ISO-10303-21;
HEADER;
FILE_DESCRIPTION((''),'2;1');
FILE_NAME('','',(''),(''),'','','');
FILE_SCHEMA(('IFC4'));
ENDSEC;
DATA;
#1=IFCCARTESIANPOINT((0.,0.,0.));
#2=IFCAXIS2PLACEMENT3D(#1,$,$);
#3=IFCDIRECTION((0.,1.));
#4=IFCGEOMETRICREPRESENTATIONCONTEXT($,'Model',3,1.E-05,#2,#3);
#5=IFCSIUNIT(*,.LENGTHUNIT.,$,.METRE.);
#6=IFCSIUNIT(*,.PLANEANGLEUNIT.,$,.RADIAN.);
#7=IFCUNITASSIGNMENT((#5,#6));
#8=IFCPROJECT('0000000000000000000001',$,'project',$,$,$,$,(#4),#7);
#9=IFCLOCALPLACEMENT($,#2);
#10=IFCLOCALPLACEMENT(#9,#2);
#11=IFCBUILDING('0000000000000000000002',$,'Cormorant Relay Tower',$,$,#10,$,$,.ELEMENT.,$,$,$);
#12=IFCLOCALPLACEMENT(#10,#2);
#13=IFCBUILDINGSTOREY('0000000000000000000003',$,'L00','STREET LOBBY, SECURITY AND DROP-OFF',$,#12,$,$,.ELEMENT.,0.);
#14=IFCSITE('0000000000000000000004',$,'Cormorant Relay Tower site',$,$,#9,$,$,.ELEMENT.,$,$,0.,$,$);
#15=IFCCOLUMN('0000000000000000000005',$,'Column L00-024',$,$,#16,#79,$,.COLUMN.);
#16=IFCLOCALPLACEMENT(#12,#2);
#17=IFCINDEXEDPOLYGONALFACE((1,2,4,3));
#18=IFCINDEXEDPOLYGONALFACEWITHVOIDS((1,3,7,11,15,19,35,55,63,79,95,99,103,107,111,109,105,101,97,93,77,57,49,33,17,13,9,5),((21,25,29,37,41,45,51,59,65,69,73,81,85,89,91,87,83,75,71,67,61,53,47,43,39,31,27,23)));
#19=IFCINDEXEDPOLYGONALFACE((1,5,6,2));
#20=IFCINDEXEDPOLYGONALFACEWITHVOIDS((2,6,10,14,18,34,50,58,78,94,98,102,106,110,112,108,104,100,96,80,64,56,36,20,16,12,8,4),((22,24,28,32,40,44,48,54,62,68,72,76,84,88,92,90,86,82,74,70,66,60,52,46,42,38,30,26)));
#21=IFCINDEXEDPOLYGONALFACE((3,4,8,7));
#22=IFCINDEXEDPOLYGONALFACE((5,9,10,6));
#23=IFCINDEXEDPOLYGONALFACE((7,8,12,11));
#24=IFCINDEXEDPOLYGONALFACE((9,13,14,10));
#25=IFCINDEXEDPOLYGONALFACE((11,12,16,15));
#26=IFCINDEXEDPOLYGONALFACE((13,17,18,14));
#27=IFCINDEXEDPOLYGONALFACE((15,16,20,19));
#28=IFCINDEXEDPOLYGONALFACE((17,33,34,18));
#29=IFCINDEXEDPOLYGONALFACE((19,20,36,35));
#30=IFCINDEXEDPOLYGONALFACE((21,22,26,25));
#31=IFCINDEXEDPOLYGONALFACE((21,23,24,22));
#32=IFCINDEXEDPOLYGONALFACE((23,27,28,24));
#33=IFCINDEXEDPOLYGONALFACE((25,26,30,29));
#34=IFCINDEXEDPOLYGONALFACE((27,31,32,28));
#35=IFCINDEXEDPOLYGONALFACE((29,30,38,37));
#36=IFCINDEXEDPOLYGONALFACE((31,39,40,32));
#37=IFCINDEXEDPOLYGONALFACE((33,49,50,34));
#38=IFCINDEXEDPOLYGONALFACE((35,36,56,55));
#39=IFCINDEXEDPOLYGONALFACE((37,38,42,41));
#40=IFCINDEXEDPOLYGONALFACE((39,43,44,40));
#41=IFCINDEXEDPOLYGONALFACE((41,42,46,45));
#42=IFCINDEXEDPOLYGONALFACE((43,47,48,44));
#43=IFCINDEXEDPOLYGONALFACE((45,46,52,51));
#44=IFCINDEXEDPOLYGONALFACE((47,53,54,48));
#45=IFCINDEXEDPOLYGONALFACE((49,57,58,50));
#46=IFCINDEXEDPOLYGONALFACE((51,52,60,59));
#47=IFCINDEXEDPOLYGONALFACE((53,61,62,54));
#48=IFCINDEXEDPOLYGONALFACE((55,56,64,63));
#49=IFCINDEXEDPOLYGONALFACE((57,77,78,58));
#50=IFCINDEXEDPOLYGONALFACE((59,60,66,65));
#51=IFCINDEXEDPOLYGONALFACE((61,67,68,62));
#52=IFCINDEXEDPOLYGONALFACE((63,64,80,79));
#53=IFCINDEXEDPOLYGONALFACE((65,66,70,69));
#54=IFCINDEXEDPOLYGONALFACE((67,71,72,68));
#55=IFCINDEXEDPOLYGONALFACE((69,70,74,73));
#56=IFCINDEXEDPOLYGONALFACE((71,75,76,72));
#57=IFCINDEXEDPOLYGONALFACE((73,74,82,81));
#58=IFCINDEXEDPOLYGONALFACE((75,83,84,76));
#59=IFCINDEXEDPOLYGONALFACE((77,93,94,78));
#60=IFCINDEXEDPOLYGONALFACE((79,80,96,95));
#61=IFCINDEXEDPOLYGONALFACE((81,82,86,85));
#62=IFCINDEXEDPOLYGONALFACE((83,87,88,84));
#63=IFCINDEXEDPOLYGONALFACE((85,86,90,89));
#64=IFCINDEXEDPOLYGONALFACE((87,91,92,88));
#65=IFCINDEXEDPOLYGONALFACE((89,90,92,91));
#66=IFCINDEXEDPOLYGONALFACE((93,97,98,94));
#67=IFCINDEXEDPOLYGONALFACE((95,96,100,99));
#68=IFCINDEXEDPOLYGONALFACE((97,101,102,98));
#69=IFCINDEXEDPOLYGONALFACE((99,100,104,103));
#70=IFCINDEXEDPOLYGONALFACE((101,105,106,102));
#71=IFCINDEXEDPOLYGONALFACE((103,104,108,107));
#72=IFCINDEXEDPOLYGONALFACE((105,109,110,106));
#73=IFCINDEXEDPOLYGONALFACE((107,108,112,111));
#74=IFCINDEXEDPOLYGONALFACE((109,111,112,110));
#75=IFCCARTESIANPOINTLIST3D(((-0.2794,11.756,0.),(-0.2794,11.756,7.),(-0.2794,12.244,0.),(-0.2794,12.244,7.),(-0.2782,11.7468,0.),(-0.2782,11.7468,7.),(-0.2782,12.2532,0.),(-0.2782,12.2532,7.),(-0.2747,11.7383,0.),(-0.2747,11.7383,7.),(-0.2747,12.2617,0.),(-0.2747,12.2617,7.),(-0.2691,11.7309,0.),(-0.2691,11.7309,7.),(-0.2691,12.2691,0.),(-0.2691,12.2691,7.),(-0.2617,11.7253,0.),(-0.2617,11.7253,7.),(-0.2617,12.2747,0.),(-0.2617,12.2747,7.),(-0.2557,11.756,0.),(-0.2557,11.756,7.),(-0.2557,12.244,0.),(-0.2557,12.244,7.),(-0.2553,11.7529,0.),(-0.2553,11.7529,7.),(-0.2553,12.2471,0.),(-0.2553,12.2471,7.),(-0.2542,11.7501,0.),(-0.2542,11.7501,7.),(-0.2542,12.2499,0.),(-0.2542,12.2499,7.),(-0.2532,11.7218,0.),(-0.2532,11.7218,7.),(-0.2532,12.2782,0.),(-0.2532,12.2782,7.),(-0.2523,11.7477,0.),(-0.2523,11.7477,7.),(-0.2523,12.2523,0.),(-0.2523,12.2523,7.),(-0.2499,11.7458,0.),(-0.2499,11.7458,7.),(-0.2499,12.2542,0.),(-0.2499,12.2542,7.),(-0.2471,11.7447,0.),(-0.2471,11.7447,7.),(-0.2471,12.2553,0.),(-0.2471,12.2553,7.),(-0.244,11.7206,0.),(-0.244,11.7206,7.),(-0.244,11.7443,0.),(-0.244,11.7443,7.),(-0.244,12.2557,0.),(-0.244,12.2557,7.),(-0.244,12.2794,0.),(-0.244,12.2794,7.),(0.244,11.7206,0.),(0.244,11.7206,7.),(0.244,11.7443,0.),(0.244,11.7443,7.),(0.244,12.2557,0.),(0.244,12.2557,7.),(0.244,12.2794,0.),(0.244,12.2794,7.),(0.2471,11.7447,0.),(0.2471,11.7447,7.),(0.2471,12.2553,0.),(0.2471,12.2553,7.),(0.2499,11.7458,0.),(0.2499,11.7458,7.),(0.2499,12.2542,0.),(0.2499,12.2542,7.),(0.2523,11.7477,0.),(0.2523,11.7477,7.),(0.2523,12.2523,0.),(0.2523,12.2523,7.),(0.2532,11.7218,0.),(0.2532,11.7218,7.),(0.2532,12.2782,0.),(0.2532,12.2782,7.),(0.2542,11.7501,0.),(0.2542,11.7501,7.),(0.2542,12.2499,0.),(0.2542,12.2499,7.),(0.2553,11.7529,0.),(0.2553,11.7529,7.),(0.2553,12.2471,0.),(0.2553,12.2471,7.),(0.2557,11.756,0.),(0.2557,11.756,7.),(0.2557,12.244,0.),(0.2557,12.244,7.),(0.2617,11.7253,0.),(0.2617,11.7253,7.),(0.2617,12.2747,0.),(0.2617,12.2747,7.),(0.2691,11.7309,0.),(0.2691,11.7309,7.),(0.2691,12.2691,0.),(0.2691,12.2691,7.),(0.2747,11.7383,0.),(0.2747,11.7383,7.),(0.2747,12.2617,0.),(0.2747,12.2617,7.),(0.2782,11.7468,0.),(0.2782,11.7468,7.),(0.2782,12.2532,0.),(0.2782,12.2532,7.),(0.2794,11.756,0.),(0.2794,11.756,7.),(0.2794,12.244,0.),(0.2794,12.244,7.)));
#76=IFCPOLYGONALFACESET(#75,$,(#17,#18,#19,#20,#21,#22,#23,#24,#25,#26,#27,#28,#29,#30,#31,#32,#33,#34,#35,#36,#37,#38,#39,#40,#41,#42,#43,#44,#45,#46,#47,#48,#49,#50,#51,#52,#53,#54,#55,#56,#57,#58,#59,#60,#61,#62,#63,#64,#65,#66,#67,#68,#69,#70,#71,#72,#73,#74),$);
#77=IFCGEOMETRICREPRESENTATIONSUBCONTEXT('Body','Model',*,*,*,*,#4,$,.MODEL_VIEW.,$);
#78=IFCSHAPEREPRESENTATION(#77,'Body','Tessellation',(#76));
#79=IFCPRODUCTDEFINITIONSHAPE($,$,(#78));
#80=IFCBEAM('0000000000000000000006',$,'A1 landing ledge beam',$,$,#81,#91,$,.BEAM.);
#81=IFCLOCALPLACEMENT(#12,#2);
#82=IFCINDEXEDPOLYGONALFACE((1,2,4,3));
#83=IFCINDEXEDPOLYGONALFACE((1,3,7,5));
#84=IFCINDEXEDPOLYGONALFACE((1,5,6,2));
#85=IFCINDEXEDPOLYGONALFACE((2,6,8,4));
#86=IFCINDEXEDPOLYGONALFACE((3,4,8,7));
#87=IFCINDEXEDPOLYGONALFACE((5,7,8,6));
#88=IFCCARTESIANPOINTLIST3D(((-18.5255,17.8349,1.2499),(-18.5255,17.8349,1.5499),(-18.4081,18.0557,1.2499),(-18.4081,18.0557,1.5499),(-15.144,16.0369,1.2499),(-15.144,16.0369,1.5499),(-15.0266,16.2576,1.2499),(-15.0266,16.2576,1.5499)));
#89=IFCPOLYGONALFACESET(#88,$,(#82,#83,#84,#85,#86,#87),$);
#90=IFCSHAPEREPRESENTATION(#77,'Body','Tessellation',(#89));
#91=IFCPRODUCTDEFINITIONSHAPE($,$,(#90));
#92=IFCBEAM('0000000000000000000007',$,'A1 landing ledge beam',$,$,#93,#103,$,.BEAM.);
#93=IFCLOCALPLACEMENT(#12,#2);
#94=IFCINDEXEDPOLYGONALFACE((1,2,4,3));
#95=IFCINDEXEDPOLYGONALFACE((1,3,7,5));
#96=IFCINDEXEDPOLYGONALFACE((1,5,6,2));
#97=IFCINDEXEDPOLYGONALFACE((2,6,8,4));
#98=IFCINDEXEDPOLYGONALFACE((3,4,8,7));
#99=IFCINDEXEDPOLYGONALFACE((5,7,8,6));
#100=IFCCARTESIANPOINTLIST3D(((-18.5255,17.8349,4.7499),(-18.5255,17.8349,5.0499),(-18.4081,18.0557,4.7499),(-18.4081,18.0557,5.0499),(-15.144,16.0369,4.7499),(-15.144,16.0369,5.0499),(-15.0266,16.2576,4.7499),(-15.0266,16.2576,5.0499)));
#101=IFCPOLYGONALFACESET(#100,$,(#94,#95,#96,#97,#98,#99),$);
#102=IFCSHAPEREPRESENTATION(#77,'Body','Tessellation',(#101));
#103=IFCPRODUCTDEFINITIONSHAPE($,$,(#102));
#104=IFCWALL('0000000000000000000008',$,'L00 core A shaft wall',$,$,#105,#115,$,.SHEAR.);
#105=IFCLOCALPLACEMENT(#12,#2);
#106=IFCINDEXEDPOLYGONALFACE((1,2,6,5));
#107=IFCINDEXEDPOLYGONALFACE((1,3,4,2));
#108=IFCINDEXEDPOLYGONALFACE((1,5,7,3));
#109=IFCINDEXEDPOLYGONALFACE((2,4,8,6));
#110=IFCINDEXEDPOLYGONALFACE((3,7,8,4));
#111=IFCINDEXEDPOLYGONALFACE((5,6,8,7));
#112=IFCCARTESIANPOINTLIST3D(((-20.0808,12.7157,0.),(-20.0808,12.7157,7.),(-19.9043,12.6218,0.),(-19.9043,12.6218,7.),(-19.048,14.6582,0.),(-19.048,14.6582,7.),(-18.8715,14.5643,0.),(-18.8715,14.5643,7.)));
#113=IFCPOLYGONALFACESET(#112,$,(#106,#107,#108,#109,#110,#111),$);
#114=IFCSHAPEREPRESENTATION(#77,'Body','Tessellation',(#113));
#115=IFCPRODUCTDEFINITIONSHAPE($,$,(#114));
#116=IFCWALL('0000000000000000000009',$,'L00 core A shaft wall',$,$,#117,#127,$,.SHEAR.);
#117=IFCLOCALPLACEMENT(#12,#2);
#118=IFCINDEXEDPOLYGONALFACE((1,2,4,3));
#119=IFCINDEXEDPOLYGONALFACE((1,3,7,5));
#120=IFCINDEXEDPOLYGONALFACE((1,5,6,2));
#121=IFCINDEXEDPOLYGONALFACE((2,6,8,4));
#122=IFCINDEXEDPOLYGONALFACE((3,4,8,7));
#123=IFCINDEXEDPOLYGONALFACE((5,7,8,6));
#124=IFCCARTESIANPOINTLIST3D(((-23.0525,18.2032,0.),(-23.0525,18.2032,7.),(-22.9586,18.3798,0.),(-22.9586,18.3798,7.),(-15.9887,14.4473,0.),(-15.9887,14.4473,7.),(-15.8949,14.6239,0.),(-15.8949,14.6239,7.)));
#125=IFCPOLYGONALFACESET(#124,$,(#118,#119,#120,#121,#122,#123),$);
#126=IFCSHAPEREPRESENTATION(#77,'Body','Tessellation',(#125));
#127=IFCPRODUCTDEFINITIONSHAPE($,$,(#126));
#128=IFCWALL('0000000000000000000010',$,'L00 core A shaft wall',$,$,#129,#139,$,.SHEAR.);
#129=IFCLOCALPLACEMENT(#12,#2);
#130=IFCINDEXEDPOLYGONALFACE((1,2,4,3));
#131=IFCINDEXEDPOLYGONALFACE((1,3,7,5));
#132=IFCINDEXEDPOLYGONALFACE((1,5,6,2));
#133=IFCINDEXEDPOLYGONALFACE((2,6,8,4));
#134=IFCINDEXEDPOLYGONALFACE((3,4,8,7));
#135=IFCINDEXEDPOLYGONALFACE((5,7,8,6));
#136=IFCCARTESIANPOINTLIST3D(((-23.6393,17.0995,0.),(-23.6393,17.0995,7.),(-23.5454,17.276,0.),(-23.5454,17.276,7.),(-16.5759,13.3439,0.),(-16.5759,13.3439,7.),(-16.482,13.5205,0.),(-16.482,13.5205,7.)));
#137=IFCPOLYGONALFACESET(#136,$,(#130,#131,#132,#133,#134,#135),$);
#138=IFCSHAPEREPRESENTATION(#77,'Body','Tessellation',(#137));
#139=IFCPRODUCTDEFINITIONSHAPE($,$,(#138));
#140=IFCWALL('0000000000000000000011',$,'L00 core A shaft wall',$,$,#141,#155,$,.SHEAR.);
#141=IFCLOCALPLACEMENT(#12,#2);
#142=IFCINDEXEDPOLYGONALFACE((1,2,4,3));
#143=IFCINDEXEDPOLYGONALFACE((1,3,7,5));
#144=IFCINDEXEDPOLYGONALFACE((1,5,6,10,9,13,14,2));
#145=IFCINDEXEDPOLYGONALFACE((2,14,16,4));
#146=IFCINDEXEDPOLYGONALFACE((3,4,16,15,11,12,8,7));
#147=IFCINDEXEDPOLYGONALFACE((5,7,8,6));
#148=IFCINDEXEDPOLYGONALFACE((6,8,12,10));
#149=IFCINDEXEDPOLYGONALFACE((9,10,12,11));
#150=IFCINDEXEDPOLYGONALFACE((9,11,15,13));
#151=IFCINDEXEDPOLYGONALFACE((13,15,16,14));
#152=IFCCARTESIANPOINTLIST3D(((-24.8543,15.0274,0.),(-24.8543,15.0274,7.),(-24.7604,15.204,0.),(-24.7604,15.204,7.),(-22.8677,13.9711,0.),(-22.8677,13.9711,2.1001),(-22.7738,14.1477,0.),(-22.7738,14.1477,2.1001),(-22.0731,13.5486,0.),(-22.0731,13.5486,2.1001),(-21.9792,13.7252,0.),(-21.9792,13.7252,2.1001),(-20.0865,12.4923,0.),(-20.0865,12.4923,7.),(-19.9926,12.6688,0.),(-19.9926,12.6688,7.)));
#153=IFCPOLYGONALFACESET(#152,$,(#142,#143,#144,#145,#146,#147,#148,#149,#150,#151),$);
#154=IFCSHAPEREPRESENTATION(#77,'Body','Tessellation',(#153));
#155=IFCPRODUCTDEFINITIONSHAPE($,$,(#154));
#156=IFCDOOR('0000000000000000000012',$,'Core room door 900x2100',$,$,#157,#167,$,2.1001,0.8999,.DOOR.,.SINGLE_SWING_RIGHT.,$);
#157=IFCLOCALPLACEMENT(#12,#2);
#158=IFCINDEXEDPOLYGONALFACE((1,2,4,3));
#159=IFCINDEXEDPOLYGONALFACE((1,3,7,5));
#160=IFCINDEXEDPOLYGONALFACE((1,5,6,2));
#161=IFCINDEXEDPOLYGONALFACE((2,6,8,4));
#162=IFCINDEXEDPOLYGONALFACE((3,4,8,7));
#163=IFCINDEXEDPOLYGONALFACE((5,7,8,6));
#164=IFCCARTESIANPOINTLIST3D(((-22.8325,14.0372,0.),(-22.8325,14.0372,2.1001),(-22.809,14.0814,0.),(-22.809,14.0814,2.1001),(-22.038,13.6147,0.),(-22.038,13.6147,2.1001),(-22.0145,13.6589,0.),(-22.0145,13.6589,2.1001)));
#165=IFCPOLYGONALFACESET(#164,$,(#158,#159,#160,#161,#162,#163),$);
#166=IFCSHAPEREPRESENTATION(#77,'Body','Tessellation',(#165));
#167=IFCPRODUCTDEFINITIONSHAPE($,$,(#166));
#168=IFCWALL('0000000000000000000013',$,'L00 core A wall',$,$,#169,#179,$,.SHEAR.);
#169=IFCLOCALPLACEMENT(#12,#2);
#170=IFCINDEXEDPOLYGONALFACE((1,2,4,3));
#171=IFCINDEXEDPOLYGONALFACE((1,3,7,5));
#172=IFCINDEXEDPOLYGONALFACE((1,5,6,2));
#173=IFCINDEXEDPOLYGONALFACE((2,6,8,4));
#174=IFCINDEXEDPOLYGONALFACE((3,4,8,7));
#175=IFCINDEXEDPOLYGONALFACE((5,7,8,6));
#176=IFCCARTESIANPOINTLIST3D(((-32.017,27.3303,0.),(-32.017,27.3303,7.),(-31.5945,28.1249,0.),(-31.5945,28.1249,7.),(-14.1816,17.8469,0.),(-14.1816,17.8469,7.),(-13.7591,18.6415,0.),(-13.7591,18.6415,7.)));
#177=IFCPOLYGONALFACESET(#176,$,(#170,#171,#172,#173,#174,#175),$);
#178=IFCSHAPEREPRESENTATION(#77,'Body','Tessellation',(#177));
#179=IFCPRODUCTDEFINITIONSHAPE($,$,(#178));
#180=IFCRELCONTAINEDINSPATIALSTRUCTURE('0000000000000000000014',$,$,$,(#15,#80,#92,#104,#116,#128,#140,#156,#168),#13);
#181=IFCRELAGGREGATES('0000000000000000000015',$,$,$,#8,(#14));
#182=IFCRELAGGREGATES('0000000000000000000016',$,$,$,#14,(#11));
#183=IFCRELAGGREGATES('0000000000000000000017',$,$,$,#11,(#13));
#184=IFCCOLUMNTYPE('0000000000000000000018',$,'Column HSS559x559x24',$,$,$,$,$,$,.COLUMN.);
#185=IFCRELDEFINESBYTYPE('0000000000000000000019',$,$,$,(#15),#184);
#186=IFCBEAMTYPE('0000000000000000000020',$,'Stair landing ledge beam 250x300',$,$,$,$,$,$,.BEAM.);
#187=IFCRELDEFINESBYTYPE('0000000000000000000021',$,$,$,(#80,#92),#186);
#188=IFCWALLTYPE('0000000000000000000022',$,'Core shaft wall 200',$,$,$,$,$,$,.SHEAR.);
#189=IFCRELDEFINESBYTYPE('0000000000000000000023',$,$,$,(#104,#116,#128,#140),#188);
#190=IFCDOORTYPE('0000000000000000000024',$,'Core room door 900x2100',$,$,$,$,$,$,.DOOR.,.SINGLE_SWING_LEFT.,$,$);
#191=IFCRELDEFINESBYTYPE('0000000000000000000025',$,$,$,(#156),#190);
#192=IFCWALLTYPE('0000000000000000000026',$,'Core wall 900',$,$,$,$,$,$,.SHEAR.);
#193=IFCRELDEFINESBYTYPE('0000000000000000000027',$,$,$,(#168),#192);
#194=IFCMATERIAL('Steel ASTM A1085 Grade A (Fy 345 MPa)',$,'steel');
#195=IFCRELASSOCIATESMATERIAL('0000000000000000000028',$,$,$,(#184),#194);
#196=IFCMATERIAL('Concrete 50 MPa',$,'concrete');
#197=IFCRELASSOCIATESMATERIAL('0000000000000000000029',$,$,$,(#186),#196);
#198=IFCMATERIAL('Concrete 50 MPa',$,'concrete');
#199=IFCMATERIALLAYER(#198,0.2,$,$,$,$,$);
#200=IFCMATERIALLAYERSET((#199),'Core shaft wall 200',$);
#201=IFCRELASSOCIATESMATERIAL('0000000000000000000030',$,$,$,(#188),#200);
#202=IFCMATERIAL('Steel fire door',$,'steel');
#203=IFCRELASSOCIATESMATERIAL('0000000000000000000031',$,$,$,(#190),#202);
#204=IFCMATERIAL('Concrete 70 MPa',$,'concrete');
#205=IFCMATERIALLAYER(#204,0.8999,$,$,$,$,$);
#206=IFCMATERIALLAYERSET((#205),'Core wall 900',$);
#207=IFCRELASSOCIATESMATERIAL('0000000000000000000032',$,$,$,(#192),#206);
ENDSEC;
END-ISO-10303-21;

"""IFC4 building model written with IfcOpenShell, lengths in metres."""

from ifc_helpers import new_model, si_unit, direction, frame, frame_2d, origin, origin_2d, place, context, subcontext, project, spatial, rectangle, hollow_rectangle, extrude, material, layer, layer_set, material_profile, profile_set, type_object, element, fill, save


model = new_model("IFC4")

# Units and contexts
model_context = context("Model", 3, precision=1e-05, world=origin(), true_north=direction((0.0, 1.0)))
body_context = subcontext(model_context, "Body", "Model", "MODEL_VIEW")
ifc_project = project(units=[si_unit("LENGTHUNIT", "METRE"), si_unit("PLANEANGLEUNIT", "RADIAN")], contexts=[model_context])

# Site, building, storey
site_placement = place(None, origin())
site = spatial("IfcSite", under=ifc_project, at=site_placement, Name="Cormorant Relay Tower site", CompositionType="ELEMENT", RefElevation=0.0)
building_placement = place(site_placement, origin())
building = spatial("IfcBuilding", under=site, at=building_placement, Name="Cormorant Relay Tower", CompositionType="ELEMENT")
storey_placement = place(building_placement, origin())
storey = spatial("IfcBuildingStorey", under=building, at=storey_placement, Name="L00", Description="STREET LOBBY, SECURITY AND DROP-OFF", CompositionType="ELEMENT", Elevation=0.0)

# Column
ifc_material_1 = material(Name="Steel ASTM A1085 Grade A (Fy 345 MPa)", Category="steel")
ifc_material_profile_1 = material_profile(ifc_material_1, hollow_rectangle(XDim=0.5588, YDim=0.5588, WallThickness=0.0237, InnerFilletRadius=0.0117, OuterFilletRadius=0.0354, at=origin_2d()), Name="HSS559x559x24")
ifc_profile_set_1 = profile_set([ifc_material_profile_1], Name="Steel ASTM A1085 Grade A (Fy 345 MPa)")
column_type = type_object("IfcColumnType", Name="Column HSS559x559x24", PredefinedType="COLUMN", material=ifc_profile_set_1)
column_placement = place(storey_placement, frame((0.0, 12.0, 0.0), z_axis=(0.0, 0.0, 1.0), x_axis=(1.0, 0.0, 0.0)))
element("IfcColumn", 1, at=column_placement, inside=storey, type_object=column_type, Name="Column L00-024", PredefinedType="COLUMN", context=body_context, shape_type="SweptSolid", body=[
    extrude(hollow_rectangle(XDim=0.5588, YDim=0.5588, WallThickness=0.0237, InnerFilletRadius=0.0117, OuterFilletRadius=0.0354, at=origin_2d()), origin(), (0.0, 0.0, 1.0), 7.0),
])

# Beams
ifc_material_2 = material(Name="Concrete 50 MPa", Category="concrete")
ifc_material_profile_2 = material_profile(ifc_material_2, rectangle(XDim=0.25, YDim=0.3, at=origin_2d()), Name="RC 250x300")
ifc_profile_set_2 = profile_set([ifc_material_profile_2], Name="Concrete 50 MPa")
beam_type = type_object("IfcBeamType", Name="Stair landing ledge beam 250x300", PredefinedType="BEAM", material=ifc_profile_set_2)
for number, where, z_axis, x_axis, name in (
    (2, (-18.4668, 17.9453, 1.3999), (0.88294, -0.469486, 0.0), (0.469486, 0.88294, 0.0), "A1 landing ledge beam"),
    (3, (-18.4668, 17.9453, 4.8999), (0.88294, -0.469486, 0.0), (0.469486, 0.88294, 0.0), "A1 landing ledge beam"),
):
    element("IfcBeam", number, at=place(storey_placement, frame(where, z_axis=z_axis, x_axis=x_axis)), inside=storey, type_object=beam_type, Name=name, PredefinedType="BEAM", context=body_context, shape_type="SweptSolid", body=[
        extrude(rectangle(XDim=0.25, YDim=0.3, at=origin_2d()), origin(), (0.0, 0.0, 1.0), 3.8298),
    ])

# Walls
ifc_material_3 = material(Name="Concrete 50 MPa", Category="concrete")
ifc_layer_1 = layer(ifc_material_3, 0.2)
ifc_layer_set_1 = layer_set([ifc_layer_1], Name="Core shaft wall 200")
wall_type_1 = type_object("IfcWallType", Name="Core shaft wall 200", PredefinedType="SHEAR", material=ifc_layer_set_1)
wall_1_placement = place(storey_placement, frame((-18.9597, 14.6113, 0.0), z_axis=(0.0, 0.0, 1.0), x_axis=(-0.469447, -0.88296, 0.0)))
element("IfcWall", 4, at=wall_1_placement, inside=storey, type_object=wall_type_1, Name="L00 core A shaft wall", PredefinedType="SHEAR", context=body_context, shape_type="SweptSolid", body=[
    extrude(rectangle(XDim=2.2, YDim=0.2, at=frame_2d((1.1001, 0.0))), origin(), (0.0, 0.0, 1.0), 7.0),
])
wall_2_placement = place(storey_placement, frame((-15.9419, 14.5356, 0.0), z_axis=(0.0, 0.0, 1.0), x_axis=(-0.882947, 0.469473, 0.0)))
element("IfcWall", 5, at=wall_2_placement, inside=storey, type_object=wall_type_1, Name="L00 core A shaft wall", PredefinedType="SHEAR", context=body_context, shape_type="SweptSolid", body=[
    extrude(rectangle(XDim=8.0002, YDim=0.2, at=frame_2d((4.0, 0.0))), origin(), (0.0, 0.0, 1.0), 7.0),
])
wall_3_placement = place(storey_placement, frame((-16.5288, 13.4321, 0.0), z_axis=(0.0, 0.0, 1.0), x_axis=(-0.882953, 0.469462, 0.0)))
element("IfcWall", 6, at=wall_3_placement, inside=storey, type_object=wall_type_1, Name="L00 core A shaft wall", PredefinedType="SHEAR", context=body_context, shape_type="SweptSolid", body=[
    extrude(rectangle(XDim=7.9998, YDim=0.2, at=frame_2d((4.0, 0.0))), origin(), (0.0, 0.0, 1.0), 7.0),
])

# Wall, opening, door
wall_4_placement = place(storey_placement, frame((-20.0396, 12.5806, 0.0), z_axis=(0.0, 0.0, 1.0), x_axis=(-0.882943, 0.46948, 0.0)))
wall_4 = element("IfcWall", 7, at=wall_4_placement, inside=storey, type_object=wall_type_1, Name="L00 core A shaft wall", PredefinedType="SHEAR", context=body_context, shape_type="SweptSolid", body=[
    extrude(rectangle(XDim=5.3999, YDim=0.2, at=frame_2d((2.7, 0.0))), origin(), (0.0, 0.0, 1.0), 7.0),
])
opening_1_placement = place(wall_4_placement, frame((2.25, 0.0, 0.0)))
opening_1 = element("IfcOpeningElement", 8, at=opening_1_placement, cuts=wall_4, PredefinedType="OPENING", context=body_context, shape_type="SweptSolid", body=[
    extrude(rectangle(XDim=0.8999, YDim=2.1001, at=frame_2d((0.45, 1.05))), frame((0.0, 0.1099, 0.0), z_axis=(0.0, -1.0, 0.0), x_axis=(1.0, 0.0, 0.0)), (0.0, 0.0, 1.0), 0.22),
])
ifc_material_4 = material(Name="Steel fire door", Category="steel")
door_type_1 = type_object("IfcDoorType", Name="Core room door 900x2100", OperationType="SINGLE_SWING_LEFT", PredefinedType="DOOR", material=ifc_material_4)
door_1_placement = place(opening_1_placement, frame((0.8999, 0.0, 0.0), z_axis=(0.0, 0.0, 1.0), x_axis=(-1.0, 0.0, 0.0)))
door_1 = element("IfcDoor", 9, at=door_1_placement, inside=storey, type_object=door_type_1, Name="Core room door 900x2100", OperationType="SINGLE_SWING_RIGHT", OverallHeight=2.1001, OverallWidth=0.8999, PredefinedType="DOOR", context=body_context, shape_type="SweptSolid", body=[
    extrude(rectangle(XDim=0.8999, YDim=2.1001, at=frame_2d((0.45, 1.05))), frame((0.0, 0.0249, 0.0), z_axis=(0.0, -1.0, 0.0), x_axis=(1.0, 0.0, 0.0)), (0.0, 0.0, 1.0), 0.05),
])
fill(opening_1, door_1)
ifc_material_5 = material(Name="Concrete 70 MPa", Category="concrete")
ifc_layer_2 = layer(ifc_material_5, 0.8999)
ifc_layer_set_2 = layer_set([ifc_layer_2], Name="Core wall 900")
wall_type_2 = type_object("IfcWallType", Name="Core wall 900", PredefinedType="SHEAR", material=ifc_layer_set_2)

# Wall
wall_5_placement = place(storey_placement, frame((-13.9702, 18.2441, 0.0), z_axis=(0.0, 0.0, 1.0), x_axis=(-0.882945, 0.469476, 0.0)))
element("IfcWall", 10, at=wall_5_placement, inside=storey, type_object=wall_type_2, Name="L00 core A wall", PredefinedType="SHEAR", context=body_context, shape_type="SweptSolid", body=[
    extrude(rectangle(XDim=20.2, YDim=0.8999, at=frame_2d((10.1001, 0.0))), origin(), (0.0, 0.0, 1.0), 7.0),
])

save(model, "model.ifc")
